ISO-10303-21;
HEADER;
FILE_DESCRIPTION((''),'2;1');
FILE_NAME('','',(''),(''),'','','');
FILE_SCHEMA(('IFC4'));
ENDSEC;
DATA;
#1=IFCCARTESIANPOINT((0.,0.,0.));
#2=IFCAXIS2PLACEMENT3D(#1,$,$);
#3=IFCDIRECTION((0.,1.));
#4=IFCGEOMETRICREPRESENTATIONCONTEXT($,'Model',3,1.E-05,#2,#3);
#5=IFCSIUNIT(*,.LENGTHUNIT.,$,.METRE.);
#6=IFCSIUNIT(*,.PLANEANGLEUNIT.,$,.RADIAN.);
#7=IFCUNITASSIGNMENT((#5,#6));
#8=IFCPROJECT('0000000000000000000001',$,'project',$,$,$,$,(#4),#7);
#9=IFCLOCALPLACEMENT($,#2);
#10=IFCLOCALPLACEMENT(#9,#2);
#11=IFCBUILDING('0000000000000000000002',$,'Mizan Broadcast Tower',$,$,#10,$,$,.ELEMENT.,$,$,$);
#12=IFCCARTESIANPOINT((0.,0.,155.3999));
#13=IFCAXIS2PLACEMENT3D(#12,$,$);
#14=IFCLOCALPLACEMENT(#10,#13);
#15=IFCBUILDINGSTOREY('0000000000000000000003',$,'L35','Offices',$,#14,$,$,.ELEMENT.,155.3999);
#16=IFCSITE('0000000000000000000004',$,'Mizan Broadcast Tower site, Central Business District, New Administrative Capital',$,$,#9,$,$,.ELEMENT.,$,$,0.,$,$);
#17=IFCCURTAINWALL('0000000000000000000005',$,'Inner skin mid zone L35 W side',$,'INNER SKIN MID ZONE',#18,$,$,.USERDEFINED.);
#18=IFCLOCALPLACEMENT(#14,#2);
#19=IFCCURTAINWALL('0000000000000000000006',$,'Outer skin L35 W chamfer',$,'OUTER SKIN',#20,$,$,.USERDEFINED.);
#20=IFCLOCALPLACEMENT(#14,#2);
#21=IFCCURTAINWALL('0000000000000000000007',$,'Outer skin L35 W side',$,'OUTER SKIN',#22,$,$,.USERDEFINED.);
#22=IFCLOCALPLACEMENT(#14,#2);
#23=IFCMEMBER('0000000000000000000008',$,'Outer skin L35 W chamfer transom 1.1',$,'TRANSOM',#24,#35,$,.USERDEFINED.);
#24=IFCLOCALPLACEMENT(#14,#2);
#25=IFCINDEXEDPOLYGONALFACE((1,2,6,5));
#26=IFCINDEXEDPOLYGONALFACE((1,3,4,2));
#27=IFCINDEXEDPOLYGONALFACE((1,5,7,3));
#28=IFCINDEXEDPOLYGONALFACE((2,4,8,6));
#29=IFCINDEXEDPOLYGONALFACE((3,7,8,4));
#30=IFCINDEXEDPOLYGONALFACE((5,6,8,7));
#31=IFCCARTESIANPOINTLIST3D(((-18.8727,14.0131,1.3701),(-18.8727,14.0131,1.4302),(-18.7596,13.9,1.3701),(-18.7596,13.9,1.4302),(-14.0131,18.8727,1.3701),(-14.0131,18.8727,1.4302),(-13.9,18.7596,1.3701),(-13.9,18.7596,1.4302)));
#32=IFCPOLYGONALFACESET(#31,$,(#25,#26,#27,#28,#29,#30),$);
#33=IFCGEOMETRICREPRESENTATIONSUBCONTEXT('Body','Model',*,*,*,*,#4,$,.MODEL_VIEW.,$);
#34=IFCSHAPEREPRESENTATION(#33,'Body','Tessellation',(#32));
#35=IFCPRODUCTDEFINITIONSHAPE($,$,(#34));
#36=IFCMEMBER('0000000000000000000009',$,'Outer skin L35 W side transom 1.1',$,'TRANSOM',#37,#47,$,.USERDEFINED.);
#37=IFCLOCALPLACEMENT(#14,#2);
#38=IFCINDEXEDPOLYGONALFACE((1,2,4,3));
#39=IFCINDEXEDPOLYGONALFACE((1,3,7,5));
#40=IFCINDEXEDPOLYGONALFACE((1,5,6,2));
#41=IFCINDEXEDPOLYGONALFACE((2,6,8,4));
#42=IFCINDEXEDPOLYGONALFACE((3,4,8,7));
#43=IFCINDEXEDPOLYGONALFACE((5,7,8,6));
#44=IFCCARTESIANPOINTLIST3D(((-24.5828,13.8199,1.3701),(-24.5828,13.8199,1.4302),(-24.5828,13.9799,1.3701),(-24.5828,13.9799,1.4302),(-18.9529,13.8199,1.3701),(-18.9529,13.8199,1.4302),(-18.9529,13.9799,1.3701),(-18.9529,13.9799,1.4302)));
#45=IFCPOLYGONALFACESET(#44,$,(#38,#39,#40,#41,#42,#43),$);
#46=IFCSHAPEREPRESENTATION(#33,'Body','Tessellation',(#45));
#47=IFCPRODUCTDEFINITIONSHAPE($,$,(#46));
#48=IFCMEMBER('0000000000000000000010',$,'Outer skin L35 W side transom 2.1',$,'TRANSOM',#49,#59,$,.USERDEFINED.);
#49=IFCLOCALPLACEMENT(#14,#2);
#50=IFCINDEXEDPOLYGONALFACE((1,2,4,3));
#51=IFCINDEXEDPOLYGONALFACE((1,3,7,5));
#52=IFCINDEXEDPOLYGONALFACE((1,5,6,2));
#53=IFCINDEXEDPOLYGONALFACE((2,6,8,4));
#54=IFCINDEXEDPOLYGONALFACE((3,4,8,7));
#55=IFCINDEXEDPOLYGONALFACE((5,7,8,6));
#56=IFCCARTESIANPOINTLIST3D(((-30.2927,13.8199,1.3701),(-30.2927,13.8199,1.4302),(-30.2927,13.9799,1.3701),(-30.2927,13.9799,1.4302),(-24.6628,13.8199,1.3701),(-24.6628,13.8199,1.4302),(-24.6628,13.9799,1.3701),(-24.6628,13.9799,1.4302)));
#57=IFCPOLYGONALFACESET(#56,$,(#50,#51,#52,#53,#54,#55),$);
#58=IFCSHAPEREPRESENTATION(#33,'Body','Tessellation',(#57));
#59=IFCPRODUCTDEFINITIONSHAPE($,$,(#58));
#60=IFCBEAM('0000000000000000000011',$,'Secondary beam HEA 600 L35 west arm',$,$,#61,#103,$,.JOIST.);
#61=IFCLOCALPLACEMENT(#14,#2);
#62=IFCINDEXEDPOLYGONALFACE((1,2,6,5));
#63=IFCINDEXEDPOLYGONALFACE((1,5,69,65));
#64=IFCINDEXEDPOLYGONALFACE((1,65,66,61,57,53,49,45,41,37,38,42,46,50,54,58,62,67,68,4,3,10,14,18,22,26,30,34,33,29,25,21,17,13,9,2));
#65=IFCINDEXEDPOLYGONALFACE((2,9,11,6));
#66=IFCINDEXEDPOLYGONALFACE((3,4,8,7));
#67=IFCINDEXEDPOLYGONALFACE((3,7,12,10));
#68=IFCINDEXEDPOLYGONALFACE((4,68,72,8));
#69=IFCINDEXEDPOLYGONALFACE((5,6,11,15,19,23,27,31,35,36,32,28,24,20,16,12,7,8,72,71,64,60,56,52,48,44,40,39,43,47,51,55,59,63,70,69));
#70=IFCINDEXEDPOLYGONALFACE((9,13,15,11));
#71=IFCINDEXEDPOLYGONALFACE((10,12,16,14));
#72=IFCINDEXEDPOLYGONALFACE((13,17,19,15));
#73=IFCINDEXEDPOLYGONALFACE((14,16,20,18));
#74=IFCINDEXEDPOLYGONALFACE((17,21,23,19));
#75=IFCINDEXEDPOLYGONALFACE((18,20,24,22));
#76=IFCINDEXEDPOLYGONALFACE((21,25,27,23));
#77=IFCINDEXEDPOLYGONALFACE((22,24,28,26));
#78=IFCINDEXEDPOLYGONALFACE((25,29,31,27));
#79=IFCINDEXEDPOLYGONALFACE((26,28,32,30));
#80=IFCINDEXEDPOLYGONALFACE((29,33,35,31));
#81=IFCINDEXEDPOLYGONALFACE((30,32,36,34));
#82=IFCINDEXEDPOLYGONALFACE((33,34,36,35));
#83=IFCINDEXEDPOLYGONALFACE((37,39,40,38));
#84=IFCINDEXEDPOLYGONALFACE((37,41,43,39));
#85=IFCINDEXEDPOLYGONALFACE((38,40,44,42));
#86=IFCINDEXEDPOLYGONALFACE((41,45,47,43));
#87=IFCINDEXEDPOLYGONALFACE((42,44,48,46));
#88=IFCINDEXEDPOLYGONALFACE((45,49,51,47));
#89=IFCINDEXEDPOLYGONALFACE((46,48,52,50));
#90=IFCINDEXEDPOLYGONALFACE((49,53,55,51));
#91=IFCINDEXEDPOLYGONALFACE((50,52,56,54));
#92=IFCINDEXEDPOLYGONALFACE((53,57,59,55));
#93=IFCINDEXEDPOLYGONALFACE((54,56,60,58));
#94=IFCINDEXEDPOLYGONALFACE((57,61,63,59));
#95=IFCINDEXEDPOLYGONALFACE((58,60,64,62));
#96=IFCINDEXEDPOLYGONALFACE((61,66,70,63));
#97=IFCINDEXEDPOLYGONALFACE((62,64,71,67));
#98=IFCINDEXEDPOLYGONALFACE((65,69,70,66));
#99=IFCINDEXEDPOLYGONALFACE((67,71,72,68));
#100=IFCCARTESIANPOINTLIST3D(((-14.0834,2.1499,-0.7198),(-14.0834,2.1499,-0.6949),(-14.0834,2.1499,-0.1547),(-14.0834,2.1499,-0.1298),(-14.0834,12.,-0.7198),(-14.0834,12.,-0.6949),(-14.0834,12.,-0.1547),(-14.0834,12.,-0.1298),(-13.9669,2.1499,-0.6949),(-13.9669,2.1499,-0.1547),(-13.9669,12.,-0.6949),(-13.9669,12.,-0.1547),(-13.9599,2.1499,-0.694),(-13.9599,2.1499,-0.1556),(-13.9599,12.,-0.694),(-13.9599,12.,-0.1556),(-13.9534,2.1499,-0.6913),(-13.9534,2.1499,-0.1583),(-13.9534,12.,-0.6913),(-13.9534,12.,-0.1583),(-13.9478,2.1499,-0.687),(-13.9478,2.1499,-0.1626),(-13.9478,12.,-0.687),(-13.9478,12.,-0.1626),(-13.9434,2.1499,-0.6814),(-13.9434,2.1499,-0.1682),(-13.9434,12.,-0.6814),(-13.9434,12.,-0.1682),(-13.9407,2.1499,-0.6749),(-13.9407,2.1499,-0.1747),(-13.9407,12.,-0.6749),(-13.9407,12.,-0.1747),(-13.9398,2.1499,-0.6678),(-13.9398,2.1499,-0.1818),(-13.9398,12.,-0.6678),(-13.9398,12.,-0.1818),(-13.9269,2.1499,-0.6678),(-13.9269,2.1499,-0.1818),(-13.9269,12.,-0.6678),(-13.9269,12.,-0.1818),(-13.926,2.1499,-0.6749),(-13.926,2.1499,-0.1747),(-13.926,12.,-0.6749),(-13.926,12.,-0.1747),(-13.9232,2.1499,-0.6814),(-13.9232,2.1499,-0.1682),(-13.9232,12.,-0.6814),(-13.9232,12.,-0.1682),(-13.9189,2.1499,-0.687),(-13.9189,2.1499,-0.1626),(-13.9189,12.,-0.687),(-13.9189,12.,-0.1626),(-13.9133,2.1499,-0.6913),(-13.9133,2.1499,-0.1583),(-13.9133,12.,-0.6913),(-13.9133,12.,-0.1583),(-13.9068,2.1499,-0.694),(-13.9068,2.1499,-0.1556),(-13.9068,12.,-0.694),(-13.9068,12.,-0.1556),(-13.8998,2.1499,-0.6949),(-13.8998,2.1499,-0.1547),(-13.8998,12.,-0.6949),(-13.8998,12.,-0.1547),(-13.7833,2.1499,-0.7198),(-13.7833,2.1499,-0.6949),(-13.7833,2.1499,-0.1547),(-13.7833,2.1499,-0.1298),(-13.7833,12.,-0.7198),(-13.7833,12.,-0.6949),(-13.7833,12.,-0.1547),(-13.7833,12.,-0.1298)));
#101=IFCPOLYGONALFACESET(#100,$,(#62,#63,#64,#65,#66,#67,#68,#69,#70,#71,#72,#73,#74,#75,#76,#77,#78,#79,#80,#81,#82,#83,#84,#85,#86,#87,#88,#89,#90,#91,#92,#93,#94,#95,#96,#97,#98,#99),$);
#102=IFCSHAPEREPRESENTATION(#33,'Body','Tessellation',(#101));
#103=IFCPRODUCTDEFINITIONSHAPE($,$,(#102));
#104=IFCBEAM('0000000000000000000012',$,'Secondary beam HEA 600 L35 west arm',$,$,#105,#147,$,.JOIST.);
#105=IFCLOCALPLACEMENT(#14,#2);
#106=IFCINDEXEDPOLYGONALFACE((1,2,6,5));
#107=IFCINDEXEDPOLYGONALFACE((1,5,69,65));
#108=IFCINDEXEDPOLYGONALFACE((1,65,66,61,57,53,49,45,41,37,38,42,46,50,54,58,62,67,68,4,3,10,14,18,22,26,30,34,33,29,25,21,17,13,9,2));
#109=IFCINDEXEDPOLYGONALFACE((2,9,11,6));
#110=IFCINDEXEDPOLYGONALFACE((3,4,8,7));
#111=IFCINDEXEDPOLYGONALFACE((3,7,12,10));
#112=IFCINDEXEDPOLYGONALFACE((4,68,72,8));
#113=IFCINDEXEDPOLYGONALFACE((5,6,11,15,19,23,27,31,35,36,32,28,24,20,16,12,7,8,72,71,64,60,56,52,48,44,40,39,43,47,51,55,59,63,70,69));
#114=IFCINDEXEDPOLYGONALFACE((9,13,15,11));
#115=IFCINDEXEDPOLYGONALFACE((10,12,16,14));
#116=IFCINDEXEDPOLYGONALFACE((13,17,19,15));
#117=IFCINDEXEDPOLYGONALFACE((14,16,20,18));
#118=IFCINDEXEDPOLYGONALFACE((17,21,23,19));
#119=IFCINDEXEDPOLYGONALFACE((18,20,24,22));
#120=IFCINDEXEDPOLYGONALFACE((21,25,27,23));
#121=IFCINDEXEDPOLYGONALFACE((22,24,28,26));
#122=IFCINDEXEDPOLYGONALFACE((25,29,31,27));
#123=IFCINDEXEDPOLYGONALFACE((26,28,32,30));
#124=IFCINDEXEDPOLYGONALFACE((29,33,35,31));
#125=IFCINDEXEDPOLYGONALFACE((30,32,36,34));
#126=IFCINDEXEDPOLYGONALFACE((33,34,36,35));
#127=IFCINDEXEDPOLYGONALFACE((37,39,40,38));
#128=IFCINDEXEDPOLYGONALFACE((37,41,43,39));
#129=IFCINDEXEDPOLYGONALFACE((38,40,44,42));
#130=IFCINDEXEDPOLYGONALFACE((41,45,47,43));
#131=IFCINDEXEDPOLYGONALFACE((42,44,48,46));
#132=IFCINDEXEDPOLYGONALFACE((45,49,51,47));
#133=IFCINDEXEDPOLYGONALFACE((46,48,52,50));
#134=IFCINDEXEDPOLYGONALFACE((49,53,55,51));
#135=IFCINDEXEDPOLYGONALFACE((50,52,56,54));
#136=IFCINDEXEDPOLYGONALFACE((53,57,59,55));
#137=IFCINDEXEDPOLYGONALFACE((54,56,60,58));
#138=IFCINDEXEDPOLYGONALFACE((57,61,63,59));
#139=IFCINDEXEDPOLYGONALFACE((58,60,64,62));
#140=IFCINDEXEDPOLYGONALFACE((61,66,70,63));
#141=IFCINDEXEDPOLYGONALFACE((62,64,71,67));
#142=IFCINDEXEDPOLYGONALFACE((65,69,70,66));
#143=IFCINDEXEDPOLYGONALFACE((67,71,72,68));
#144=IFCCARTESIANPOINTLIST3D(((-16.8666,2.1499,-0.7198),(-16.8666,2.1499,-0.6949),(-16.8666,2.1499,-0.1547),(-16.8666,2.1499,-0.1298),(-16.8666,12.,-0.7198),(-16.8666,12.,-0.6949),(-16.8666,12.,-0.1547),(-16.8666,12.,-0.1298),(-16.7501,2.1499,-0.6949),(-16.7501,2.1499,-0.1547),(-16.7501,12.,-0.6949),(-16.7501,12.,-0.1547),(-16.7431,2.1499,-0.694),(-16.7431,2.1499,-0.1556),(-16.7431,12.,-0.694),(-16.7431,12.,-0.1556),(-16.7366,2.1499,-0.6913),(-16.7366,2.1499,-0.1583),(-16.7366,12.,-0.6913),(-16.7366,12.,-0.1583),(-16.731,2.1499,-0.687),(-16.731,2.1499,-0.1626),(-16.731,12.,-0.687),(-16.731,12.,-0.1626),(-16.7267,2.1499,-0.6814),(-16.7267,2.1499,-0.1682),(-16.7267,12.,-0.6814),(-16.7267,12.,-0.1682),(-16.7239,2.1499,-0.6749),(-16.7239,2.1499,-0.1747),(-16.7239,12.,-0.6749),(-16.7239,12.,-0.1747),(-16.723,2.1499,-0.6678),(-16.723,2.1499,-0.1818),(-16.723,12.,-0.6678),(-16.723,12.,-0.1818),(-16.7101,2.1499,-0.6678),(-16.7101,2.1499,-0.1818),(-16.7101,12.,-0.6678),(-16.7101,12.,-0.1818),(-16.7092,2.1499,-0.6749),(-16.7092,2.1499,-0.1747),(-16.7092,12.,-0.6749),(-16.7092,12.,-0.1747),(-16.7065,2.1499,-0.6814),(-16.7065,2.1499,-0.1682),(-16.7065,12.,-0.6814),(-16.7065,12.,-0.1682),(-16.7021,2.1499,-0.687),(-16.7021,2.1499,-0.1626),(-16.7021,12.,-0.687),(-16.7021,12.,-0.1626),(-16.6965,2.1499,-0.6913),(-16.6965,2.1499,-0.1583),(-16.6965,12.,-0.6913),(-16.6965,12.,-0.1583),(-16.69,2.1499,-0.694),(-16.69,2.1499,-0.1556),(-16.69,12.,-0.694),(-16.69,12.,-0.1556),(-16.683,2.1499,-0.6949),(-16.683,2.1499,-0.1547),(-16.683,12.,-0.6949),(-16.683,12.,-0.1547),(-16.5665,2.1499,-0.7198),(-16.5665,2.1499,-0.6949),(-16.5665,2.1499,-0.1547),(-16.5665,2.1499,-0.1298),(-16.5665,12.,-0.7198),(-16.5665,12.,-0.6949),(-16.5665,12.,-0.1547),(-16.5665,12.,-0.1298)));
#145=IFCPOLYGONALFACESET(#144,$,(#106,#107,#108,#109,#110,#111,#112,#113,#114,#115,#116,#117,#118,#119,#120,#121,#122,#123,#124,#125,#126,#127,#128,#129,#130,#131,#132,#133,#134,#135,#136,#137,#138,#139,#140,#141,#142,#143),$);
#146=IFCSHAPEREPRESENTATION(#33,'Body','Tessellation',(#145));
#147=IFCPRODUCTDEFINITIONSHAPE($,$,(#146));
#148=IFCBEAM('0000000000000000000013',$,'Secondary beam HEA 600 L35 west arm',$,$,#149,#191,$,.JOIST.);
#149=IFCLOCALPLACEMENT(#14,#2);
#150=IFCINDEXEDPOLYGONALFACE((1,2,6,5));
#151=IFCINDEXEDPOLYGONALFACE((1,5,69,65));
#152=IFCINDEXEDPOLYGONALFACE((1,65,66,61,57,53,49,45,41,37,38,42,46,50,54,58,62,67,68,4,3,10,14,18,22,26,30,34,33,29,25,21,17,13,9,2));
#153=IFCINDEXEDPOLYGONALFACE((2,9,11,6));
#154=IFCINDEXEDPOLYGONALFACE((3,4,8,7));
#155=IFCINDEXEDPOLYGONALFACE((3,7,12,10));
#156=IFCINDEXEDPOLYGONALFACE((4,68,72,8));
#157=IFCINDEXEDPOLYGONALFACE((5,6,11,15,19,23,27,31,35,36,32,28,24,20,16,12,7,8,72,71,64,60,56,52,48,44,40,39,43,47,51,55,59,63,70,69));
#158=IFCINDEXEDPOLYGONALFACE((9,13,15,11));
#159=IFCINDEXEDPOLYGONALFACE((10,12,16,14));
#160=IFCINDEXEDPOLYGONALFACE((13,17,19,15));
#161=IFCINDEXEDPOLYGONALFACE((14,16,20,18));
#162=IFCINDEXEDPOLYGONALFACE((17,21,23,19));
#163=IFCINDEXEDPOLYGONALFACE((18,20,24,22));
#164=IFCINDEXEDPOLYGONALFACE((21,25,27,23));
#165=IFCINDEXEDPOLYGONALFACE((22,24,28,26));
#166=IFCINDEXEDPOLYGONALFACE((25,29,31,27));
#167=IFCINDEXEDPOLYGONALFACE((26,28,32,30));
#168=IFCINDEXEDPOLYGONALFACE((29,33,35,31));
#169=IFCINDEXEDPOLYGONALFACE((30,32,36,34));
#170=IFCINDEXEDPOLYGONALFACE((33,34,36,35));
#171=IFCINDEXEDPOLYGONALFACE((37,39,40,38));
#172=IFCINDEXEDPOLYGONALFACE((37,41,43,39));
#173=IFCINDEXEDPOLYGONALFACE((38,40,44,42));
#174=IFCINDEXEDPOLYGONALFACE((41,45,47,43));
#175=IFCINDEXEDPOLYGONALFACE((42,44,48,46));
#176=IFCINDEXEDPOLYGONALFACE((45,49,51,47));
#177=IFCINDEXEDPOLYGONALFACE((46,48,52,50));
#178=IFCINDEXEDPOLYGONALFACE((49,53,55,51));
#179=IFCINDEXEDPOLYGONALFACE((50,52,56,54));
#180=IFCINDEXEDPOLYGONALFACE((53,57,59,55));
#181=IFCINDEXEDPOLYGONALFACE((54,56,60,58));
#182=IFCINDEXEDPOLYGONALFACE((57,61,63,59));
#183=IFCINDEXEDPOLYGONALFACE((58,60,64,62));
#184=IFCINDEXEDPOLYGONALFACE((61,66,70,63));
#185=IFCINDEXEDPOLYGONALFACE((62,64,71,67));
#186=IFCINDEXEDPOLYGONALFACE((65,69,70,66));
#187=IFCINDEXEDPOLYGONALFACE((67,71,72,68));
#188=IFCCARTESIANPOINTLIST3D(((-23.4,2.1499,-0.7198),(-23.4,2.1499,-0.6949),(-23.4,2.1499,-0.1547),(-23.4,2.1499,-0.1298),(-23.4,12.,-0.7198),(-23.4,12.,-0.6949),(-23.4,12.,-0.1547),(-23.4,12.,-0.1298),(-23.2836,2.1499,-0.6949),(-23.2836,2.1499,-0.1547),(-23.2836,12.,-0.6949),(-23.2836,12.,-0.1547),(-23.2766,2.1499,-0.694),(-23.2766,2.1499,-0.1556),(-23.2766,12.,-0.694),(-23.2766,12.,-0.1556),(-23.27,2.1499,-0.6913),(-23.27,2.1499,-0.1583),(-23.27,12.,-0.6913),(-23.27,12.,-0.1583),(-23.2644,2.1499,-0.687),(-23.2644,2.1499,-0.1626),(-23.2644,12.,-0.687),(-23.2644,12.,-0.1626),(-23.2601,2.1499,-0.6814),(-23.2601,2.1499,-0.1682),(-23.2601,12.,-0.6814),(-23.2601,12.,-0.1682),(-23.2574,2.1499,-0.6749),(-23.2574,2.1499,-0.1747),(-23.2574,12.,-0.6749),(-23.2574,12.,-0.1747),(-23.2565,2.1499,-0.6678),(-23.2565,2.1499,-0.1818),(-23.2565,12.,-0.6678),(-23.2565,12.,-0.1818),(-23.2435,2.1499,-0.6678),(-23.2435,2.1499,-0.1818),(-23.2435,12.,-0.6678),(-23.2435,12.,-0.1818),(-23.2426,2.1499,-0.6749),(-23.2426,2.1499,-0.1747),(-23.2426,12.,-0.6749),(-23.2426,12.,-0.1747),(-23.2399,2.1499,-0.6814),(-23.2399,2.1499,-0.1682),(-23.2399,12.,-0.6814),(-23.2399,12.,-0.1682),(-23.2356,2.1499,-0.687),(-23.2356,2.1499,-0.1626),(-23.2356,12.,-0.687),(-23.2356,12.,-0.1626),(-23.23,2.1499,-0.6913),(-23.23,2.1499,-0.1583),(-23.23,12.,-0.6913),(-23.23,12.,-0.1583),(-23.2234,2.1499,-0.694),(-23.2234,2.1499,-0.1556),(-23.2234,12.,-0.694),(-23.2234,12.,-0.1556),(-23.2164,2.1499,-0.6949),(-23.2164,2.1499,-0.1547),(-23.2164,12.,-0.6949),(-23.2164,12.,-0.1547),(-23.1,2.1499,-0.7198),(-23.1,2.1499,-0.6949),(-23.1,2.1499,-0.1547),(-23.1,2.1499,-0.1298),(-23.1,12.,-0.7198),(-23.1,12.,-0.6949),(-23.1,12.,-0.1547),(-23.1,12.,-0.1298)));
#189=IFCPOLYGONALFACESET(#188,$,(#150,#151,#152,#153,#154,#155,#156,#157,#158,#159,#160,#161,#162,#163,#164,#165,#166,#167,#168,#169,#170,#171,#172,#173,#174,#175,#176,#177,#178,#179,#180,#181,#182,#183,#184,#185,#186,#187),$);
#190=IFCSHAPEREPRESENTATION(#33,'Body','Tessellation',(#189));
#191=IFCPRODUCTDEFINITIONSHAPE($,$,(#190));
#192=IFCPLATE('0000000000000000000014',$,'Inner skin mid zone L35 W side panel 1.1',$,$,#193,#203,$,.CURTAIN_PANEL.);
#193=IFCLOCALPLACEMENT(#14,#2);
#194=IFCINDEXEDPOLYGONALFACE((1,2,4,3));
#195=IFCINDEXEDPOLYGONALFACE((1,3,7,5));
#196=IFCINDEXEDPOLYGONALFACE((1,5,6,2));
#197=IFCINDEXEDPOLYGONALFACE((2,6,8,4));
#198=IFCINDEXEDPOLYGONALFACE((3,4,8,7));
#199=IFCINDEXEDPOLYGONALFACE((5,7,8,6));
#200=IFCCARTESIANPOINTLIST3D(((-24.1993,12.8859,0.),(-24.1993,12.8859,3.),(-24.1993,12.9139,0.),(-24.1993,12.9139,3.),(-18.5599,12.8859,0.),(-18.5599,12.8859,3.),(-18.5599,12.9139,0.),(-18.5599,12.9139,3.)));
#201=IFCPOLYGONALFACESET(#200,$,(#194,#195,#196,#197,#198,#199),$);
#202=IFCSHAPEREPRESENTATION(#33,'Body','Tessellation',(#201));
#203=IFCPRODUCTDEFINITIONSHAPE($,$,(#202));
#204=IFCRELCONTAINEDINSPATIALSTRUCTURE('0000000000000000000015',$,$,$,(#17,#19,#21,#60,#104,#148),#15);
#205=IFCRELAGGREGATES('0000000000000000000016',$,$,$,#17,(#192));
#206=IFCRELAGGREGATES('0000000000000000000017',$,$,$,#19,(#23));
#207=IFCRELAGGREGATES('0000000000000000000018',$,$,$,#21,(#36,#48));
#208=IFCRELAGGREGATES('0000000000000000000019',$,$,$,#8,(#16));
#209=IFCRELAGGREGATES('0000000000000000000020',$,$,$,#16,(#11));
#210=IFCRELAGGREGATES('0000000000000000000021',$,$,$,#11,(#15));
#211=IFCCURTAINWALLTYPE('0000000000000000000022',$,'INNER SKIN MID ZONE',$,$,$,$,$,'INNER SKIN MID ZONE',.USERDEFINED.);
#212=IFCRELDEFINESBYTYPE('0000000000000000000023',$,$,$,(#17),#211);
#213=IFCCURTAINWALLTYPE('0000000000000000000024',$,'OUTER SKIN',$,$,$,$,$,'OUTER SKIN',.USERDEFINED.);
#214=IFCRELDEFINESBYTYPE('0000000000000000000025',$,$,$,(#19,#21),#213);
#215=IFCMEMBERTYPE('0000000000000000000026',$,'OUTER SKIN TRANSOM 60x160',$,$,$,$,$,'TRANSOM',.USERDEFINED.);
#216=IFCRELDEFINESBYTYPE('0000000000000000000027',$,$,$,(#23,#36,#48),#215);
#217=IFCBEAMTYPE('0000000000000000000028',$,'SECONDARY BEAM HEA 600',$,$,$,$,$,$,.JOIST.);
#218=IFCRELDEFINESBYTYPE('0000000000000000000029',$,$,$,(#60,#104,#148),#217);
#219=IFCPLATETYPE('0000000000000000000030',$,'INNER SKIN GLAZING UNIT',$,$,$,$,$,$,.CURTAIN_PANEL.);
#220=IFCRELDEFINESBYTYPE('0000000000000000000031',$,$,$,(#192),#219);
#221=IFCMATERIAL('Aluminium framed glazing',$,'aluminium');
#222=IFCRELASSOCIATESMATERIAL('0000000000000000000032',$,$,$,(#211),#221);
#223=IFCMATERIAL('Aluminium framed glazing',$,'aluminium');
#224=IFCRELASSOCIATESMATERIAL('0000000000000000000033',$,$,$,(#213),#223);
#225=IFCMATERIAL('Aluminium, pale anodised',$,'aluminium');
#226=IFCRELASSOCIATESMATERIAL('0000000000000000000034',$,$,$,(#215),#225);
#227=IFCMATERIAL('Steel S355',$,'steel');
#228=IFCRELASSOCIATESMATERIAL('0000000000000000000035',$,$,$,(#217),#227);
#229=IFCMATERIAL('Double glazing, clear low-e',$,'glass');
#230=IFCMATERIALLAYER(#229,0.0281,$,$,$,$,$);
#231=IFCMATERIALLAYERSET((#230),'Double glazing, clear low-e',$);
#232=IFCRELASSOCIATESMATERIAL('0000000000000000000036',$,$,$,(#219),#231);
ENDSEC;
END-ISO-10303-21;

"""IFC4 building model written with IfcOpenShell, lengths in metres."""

from ifc_helpers import new_model, si_unit, direction, frame, origin, origin_2d, place, context, subcontext, project, spatial, rectangle, i_section, extrude, material, layer, layer_set, material_profile, profile_set, type_object, element, aggregate, save


model = new_model("IFC4")

# Units and contexts
model_context = context("Model", 3, precision=1e-05, world=origin(), true_north=direction((0.0, 1.0)))
body_context = subcontext(model_context, "Body", "Model", "MODEL_VIEW")
ifc_project = project(units=[si_unit("LENGTHUNIT", "METRE"), si_unit("PLANEANGLEUNIT", "RADIAN")], contexts=[model_context])

# Site, building, storey
site_placement = place(None, origin())
site = spatial("IfcSite", under=ifc_project, at=site_placement, Name="Mizan Broadcast Tower site, Central Business District, New Administrative Capital", CompositionType="ELEMENT", RefElevation=0.0)
building_placement = place(site_placement, origin())
building = spatial("IfcBuilding", under=site, at=building_placement, Name="Mizan Broadcast Tower", CompositionType="ELEMENT")
storey_placement = place(building_placement, frame((0.0, 0.0, 155.3999)))
storey = spatial("IfcBuildingStorey", under=building, at=storey_placement, Name="L35", Description="Offices", CompositionType="ELEMENT", Elevation=155.3999)

# Curtain wall
ifc_material_1 = material(Name="Aluminium framed glazing", Category="aluminium")
curtain_wall_type_1 = type_object("IfcCurtainWallType", Name="INNER SKIN MID ZONE", ElementType="INNER SKIN MID ZONE", PredefinedType="USERDEFINED", material=ifc_material_1)
curtain_wall_1_placement = place(storey_placement, origin())
curtain_wall_1 = element("IfcCurtainWall", 1, at=curtain_wall_1_placement, inside=storey, type_object=curtain_wall_type_1, Name="Inner skin mid zone L35 W side", ObjectType="INNER SKIN MID ZONE", PredefinedType="USERDEFINED")

# Curtain walls
ifc_material_2 = material(Name="Aluminium framed glazing", Category="aluminium")
curtain_wall_type_2 = type_object("IfcCurtainWallType", Name="OUTER SKIN", ElementType="OUTER SKIN", PredefinedType="USERDEFINED", material=ifc_material_2)
curtain_wall_2_placement = place(storey_placement, origin())
curtain_wall_2 = element("IfcCurtainWall", 2, at=curtain_wall_2_placement, inside=storey, type_object=curtain_wall_type_2, Name="Outer skin L35 W chamfer", ObjectType="OUTER SKIN", PredefinedType="USERDEFINED")
curtain_wall_3_placement = place(storey_placement, origin())
curtain_wall_3 = element("IfcCurtainWall", 3, at=curtain_wall_3_placement, inside=storey, type_object=curtain_wall_type_2, Name="Outer skin L35 W side", ObjectType="OUTER SKIN", PredefinedType="USERDEFINED")

# Members
ifc_material_3 = material(Name="Aluminium, pale anodised", Category="aluminium")
ifc_material_profile_1 = material_profile(ifc_material_3, rectangle(XDim=0.1599, YDim=0.0601, at=origin_2d()), Name="TRANSOM 160x60")
ifc_profile_set_1 = profile_set([ifc_material_profile_1], Name="Aluminium, pale anodised")
member_type_1 = type_object("IfcMemberType", Name="OUTER SKIN TRANSOM 60x160", ElementType="TRANSOM", PredefinedType="USERDEFINED", material=ifc_profile_set_1)
member_1_placement = place(storey_placement, frame((-13.9565, 18.8162, 1.4001), z_axis=(-0.707107, -0.707107, 0.0), x_axis=(0.707107, -0.707107, 0.0)))
member_1 = element("IfcMember", 4, at=member_1_placement, type_object=member_type_1, Name="Outer skin L35 W chamfer transom 1.1", ObjectType="TRANSOM", PredefinedType="USERDEFINED", context=body_context, shape_type="SweptSolid", body=[
    extrude(rectangle(XDim=0.1599, YDim=0.0601, at=origin_2d()), origin(), (0.0, 0.0, 1.0), 6.8726),
])
member_2_placement = place(storey_placement, frame((-18.9529, 13.8999, 1.4001), z_axis=(-1.0, 0.0, 0.0), x_axis=(0.0, -1.0, 0.0)))
member_2 = element("IfcMember", 5, at=member_2_placement, type_object=member_type_1, Name="Outer skin L35 W side transom 1.1", ObjectType="TRANSOM", PredefinedType="USERDEFINED", context=body_context, shape_type="SweptSolid", body=[
    extrude(rectangle(XDim=0.1599, YDim=0.0601, at=origin_2d()), origin(), (0.0, 0.0, 1.0), 5.6299),
])
member_3_placement = place(storey_placement, frame((-24.6628, 13.8999, 1.4001), z_axis=(-1.0, 0.0, 0.0), x_axis=(0.0, -1.0, 0.0)))
member_3 = element("IfcMember", 6, at=member_3_placement, type_object=member_type_1, Name="Outer skin L35 W side transom 2.1", ObjectType="TRANSOM", PredefinedType="USERDEFINED", context=body_context, shape_type="SweptSolid", body=[
    extrude(rectangle(XDim=0.1599, YDim=0.0601, at=origin_2d()), origin(), (0.0, 0.0, 1.0), 5.6299),
])

# Beams
ifc_material_4 = material(Name="Steel S355", Category="steel")
ifc_material_profile_2 = material_profile(ifc_material_4, i_section(OverallWidth=0.3, OverallDepth=0.5901, WebThickness=0.0129, FlangeThickness=0.0249, FilletRadius=0.0271, at=origin_2d()), Name="HEA 600")
ifc_profile_set_2 = profile_set([ifc_material_profile_2], Name="Steel S355")
beam_type_1 = type_object("IfcBeamType", Name="SECONDARY BEAM HEA 600", PredefinedType="JOIST", material=ifc_profile_set_2)
for number, where, z_axis, x_axis, name in (
    (7, (-13.9333, 12.0, -0.4248), (0.0, -1.0, 0.0), (1.0, 0.0, 0.0), "Secondary beam HEA 600 L35 west arm"),
    (8, (-16.7166, 12.0, -0.4248), (0.0, -1.0, 0.0), (1.0, 0.0, 0.0), "Secondary beam HEA 600 L35 west arm"),
    (9, (-23.25, 12.0, -0.4248), (0.0, -1.0, 0.0), (1.0, 0.0, 0.0), "Secondary beam HEA 600 L35 west arm"),
):
    element("IfcBeam", number, at=place(storey_placement, frame(where, z_axis=z_axis, x_axis=x_axis)), inside=storey, type_object=beam_type_1, Name=name, PredefinedType="JOIST", context=body_context, shape_type="SweptSolid", body=[
        extrude(i_section(OverallWidth=0.3, OverallDepth=0.5901, WebThickness=0.0129, FlangeThickness=0.0249, FilletRadius=0.0271, at=origin_2d()), origin(), (0.0, 0.0, 1.0), 9.8501),
    ])

# Plate
ifc_material_5 = material(Name="Double glazing, clear low-e", Category="glass")
ifc_layer_1 = layer(ifc_material_5, 0.0281)
ifc_layer_set_1 = layer_set([ifc_layer_1], Name="Double glazing, clear low-e")
plate_type_1 = type_object("IfcPlateType", Name="INNER SKIN GLAZING UNIT", PredefinedType="CURTAIN_PANEL", material=ifc_layer_set_1)
plate_1_placement = place(storey_placement, frame((-21.3796, 12.8999, 0.0), z_axis=(0.0, 0.0, 1.0), x_axis=(-1.0, 0.0, 0.0)))
plate_1 = element("IfcPlate", 10, at=plate_1_placement, type_object=plate_type_1, Name="Inner skin mid zone L35 W side panel 1.1", PredefinedType="CURTAIN_PANEL", context=body_context, shape_type="SweptSolid", body=[
    extrude(rectangle(XDim=5.6394, YDim=0.0281, at=origin_2d()), origin(), (0.0, 0.0, 1.0), 3.0),
])
aggregate(curtain_wall_1, [plate_1])
aggregate(curtain_wall_2, [member_1])
aggregate(curtain_wall_3, [member_2, member_3])

save(model, "model.ifc")
